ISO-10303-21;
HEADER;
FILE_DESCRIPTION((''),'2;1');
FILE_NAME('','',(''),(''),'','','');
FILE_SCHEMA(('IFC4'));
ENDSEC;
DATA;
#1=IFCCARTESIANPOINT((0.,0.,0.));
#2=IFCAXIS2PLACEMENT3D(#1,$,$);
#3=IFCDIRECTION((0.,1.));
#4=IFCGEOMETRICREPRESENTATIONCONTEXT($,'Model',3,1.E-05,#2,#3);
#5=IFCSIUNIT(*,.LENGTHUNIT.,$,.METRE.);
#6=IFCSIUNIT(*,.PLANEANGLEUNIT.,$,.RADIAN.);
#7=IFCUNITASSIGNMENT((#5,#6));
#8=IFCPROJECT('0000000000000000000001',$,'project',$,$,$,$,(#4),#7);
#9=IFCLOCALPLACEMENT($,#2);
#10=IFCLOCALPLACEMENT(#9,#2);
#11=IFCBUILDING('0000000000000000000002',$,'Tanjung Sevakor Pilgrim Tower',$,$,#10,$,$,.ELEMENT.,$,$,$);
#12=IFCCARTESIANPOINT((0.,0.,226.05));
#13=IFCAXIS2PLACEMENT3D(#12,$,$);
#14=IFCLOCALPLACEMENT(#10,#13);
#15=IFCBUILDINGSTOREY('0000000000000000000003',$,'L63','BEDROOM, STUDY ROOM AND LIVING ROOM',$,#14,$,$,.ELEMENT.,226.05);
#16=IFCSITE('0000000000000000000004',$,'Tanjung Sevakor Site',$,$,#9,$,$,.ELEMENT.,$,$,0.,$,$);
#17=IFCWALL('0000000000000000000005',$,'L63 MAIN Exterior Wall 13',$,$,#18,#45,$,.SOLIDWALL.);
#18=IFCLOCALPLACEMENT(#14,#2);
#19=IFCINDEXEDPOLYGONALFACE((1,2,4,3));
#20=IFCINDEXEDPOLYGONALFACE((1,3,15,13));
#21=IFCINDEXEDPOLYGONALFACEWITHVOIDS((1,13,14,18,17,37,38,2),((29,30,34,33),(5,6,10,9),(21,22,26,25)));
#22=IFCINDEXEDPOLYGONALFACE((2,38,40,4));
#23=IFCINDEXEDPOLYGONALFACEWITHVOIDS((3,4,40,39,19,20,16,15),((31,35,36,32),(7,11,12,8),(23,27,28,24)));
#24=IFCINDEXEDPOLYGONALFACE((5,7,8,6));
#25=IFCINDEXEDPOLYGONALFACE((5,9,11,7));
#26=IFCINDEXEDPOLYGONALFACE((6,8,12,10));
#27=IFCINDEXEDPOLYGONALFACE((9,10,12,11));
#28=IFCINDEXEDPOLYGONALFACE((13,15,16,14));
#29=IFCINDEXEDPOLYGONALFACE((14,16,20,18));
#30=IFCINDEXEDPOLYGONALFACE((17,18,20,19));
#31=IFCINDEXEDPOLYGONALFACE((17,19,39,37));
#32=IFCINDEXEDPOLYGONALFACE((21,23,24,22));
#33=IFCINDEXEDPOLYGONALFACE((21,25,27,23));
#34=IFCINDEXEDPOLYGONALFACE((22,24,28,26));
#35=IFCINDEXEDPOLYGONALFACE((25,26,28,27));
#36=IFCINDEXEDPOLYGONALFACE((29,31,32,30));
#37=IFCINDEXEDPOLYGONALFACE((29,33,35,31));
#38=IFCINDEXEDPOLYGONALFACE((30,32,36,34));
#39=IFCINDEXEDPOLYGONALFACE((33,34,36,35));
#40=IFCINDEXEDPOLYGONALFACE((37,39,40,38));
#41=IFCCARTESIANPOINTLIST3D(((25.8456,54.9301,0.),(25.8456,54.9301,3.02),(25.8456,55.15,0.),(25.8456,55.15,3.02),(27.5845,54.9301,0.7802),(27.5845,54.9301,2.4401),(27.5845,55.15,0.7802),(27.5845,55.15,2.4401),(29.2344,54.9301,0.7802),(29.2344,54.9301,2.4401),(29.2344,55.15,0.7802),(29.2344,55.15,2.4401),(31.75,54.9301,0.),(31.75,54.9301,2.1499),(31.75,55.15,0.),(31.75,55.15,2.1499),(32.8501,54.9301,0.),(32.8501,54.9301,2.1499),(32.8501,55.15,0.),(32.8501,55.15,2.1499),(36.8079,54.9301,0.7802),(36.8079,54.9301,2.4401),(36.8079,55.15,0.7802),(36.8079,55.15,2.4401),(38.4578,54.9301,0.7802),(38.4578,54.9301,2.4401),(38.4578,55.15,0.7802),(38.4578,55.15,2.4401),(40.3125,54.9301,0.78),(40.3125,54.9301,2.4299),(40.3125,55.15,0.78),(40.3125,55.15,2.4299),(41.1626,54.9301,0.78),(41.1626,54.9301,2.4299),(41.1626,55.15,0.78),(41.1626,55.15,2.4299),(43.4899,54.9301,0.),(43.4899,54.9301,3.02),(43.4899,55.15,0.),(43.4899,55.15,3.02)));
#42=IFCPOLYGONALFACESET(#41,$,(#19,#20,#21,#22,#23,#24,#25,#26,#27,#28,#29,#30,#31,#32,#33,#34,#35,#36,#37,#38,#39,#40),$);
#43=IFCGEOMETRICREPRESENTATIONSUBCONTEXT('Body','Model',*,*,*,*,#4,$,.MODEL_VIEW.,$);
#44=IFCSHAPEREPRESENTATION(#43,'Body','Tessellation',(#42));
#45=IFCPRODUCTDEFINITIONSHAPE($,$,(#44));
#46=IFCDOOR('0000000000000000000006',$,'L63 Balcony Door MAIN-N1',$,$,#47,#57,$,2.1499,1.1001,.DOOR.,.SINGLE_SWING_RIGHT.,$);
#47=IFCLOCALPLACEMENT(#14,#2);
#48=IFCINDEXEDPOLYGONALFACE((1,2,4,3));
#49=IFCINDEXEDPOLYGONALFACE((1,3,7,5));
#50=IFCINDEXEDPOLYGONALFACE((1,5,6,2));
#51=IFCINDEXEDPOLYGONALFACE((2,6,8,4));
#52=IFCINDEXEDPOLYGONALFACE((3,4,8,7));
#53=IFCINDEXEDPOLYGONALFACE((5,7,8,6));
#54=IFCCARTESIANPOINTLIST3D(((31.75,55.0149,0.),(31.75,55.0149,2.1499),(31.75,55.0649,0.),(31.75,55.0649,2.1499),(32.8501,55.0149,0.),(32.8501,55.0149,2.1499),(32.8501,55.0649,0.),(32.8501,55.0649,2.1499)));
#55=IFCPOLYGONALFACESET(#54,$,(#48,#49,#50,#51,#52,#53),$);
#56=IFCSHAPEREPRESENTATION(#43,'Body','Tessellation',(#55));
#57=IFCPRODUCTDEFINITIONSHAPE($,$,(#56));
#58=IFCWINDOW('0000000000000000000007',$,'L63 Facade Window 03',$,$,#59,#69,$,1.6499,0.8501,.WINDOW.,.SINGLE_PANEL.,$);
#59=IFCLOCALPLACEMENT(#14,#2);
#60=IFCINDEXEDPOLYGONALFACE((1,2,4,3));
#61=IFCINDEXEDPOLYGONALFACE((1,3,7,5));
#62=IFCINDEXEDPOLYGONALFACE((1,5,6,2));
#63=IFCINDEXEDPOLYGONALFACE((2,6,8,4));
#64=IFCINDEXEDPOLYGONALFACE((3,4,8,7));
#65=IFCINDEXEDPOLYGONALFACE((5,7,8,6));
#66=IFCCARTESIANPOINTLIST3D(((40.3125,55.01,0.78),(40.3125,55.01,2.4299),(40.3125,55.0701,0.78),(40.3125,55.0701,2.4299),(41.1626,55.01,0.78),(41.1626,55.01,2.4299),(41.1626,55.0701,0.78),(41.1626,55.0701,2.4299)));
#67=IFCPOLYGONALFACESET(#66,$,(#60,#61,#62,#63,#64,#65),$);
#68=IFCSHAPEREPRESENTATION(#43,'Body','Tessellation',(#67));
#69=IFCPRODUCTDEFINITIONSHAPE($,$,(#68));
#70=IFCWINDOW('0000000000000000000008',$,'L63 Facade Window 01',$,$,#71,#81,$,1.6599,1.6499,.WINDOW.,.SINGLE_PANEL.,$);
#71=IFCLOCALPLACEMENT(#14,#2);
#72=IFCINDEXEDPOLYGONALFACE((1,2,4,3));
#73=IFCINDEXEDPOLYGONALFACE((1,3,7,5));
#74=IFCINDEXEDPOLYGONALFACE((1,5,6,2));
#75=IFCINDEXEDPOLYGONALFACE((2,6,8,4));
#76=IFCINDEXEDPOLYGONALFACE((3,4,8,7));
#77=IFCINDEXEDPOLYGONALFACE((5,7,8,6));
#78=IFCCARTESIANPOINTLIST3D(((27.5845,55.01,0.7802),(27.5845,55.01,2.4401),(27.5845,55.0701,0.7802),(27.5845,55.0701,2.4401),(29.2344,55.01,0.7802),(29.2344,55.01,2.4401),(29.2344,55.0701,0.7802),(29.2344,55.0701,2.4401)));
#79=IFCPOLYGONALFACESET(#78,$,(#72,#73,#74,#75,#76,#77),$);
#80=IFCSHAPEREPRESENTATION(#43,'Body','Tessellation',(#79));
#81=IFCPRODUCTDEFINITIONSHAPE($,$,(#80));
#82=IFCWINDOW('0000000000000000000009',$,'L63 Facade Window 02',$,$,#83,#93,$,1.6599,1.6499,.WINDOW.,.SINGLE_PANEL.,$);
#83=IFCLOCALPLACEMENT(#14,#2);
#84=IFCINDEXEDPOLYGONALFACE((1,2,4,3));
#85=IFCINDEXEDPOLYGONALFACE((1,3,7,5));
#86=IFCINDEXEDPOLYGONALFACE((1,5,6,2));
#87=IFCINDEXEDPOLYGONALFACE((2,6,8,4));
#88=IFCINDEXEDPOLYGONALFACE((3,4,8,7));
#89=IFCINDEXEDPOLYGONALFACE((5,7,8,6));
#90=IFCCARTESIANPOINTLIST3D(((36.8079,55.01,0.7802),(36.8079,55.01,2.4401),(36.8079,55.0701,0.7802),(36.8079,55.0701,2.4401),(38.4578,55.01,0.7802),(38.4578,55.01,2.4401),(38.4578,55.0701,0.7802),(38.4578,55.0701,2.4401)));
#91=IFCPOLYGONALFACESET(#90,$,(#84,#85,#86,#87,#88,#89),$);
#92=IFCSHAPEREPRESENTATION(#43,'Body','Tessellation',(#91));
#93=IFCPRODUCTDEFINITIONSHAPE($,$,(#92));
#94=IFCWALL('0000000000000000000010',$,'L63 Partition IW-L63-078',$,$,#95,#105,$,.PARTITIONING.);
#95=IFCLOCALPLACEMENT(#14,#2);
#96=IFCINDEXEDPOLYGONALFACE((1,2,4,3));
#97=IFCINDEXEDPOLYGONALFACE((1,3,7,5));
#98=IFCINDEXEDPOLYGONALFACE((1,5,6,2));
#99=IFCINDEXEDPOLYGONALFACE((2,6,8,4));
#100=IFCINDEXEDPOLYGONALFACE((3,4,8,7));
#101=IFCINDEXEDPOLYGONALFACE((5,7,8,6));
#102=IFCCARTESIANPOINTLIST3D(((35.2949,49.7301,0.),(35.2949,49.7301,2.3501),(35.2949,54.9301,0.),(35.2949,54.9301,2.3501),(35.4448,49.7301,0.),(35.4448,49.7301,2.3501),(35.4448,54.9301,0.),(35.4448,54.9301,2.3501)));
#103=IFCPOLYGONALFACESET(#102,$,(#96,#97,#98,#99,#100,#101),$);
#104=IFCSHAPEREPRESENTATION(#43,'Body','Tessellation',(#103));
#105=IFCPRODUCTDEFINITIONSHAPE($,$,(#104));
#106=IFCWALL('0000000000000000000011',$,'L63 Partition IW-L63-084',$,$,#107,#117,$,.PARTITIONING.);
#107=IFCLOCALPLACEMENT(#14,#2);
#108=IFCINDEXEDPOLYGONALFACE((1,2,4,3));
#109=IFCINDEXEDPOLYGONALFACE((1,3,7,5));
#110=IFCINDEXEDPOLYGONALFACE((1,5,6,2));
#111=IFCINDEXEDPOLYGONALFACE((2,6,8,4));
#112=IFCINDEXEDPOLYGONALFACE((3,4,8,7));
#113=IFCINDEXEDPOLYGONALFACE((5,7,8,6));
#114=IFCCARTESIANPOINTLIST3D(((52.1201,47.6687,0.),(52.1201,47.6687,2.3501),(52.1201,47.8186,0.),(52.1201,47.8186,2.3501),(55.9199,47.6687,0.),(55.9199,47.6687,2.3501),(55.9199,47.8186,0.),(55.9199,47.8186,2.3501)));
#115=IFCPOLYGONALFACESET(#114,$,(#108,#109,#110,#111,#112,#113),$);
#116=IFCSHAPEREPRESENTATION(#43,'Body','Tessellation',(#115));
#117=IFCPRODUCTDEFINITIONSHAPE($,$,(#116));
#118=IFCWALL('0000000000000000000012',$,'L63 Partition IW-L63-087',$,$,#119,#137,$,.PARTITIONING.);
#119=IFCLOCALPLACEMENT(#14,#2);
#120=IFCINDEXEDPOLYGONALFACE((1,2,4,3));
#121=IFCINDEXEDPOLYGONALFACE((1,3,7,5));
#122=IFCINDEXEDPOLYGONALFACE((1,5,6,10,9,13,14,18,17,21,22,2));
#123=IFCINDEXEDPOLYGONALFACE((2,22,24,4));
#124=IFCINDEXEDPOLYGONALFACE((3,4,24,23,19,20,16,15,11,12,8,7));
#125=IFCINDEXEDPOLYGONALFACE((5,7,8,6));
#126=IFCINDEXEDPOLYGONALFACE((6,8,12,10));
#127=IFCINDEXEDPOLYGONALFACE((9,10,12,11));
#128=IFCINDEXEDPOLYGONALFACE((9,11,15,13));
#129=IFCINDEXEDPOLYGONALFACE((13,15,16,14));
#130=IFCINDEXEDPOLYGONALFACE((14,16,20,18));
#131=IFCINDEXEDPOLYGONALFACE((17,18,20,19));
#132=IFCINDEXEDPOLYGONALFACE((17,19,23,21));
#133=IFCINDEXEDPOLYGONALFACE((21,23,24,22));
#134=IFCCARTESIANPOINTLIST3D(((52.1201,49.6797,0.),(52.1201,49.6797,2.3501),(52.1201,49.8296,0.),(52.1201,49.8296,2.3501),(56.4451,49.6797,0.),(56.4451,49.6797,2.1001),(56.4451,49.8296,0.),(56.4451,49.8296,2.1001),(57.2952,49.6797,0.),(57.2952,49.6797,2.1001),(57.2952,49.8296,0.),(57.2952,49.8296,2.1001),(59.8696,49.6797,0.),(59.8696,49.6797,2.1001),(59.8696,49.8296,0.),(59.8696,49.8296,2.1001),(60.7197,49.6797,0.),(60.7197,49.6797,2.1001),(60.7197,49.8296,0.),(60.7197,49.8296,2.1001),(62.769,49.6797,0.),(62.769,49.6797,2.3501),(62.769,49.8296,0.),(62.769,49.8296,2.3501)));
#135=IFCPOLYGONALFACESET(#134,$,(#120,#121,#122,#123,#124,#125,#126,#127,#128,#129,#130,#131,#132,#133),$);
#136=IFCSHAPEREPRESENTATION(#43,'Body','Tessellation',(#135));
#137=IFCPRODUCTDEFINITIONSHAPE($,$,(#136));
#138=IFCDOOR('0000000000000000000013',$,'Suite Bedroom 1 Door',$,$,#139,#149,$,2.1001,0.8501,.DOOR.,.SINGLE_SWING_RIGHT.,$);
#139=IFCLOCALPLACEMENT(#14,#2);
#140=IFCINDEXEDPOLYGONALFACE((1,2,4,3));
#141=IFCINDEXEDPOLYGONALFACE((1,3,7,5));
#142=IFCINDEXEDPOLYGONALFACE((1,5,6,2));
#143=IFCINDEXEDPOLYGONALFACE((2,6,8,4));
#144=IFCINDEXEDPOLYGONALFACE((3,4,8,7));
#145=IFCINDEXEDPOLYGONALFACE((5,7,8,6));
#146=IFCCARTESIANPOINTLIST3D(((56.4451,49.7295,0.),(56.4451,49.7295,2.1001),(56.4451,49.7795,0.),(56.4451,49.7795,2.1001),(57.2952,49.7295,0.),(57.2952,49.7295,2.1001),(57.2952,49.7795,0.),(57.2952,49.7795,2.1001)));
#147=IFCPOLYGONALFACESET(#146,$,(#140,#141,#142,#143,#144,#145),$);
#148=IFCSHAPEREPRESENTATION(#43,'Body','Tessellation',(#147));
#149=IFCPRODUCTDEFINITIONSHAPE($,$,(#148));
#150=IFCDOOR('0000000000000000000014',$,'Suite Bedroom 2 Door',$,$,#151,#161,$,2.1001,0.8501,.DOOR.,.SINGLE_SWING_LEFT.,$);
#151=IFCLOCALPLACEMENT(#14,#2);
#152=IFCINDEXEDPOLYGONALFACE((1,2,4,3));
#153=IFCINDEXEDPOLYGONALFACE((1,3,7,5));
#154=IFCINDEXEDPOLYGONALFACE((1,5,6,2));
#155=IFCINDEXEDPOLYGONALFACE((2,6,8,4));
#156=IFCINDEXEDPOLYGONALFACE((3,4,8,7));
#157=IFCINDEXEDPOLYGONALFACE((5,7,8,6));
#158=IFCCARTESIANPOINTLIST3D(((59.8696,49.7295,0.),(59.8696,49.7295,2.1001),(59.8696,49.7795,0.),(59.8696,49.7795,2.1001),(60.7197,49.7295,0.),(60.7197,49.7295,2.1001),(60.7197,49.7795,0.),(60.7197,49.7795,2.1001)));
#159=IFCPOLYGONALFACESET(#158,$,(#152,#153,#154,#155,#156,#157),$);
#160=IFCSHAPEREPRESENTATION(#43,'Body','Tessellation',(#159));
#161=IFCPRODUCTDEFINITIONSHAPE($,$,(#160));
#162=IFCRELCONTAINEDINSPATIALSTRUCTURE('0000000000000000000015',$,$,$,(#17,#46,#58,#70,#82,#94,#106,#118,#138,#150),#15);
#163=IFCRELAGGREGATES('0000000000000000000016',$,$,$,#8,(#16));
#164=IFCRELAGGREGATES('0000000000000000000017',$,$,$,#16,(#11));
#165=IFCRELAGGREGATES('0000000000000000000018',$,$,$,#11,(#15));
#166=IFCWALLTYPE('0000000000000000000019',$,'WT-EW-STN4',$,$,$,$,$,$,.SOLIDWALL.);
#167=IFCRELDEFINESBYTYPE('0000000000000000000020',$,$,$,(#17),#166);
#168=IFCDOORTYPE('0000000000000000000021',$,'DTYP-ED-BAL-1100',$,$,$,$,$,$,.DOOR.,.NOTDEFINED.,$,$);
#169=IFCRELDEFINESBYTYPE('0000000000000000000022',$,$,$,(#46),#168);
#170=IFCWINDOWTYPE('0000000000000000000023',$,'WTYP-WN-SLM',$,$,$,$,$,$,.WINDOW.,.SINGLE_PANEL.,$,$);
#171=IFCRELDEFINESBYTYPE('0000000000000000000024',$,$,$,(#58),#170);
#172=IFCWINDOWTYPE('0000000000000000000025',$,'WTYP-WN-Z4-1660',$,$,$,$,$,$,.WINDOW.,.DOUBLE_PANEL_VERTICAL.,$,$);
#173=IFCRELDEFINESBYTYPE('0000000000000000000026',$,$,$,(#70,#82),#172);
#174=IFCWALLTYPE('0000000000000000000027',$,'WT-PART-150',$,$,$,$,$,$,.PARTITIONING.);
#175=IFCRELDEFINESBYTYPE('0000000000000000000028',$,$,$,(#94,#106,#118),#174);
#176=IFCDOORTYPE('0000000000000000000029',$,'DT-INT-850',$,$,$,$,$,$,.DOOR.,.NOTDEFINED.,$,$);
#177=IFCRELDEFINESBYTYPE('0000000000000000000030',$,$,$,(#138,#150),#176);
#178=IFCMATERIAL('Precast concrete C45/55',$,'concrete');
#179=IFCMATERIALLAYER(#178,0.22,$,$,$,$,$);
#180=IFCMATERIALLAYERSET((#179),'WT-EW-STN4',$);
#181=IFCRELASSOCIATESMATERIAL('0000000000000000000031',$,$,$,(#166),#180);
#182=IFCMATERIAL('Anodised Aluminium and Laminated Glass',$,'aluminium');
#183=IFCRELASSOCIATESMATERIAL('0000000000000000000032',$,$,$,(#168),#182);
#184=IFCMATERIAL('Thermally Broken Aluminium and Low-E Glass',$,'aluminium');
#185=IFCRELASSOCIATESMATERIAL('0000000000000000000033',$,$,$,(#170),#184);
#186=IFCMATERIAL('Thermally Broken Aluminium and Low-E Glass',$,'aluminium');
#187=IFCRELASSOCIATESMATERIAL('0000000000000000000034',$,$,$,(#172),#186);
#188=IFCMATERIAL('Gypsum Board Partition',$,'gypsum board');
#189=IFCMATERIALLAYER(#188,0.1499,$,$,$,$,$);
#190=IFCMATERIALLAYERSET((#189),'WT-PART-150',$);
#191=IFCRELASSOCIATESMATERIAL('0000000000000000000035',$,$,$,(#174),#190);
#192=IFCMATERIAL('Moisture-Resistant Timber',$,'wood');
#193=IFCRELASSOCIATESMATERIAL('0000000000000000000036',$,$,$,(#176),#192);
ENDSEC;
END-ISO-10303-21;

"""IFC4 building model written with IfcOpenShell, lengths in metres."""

from ifc_helpers import new_model, si_unit, direction, frame, frame_2d, origin, place, context, subcontext, project, spatial, rectangle, extrude, material, layer, layer_set, type_object, element, fill, save


model = new_model("IFC4")

# Units and contexts
model_context = context("Model", 3, precision=1e-05, world=origin(), true_north=direction((0.0, 1.0)))
body_context = subcontext(model_context, "Body", "Model", "MODEL_VIEW")
ifc_project = project(units=[si_unit("LENGTHUNIT", "METRE"), si_unit("PLANEANGLEUNIT", "RADIAN")], contexts=[model_context])

# Site, building, storey
site_placement = place(None, origin())
site = spatial("IfcSite", under=ifc_project, at=site_placement, Name="Tanjung Sevakor Site", CompositionType="ELEMENT", RefElevation=0.0)
building_placement = place(site_placement, origin())
building = spatial("IfcBuilding", under=site, at=building_placement, Name="Tanjung Sevakor Pilgrim Tower", CompositionType="ELEMENT")
storey_placement = place(building_placement, frame((0.0, 0.0, 226.05)))
storey = spatial("IfcBuildingStorey", under=building, at=storey_placement, Name="L63", Description="BEDROOM, STUDY ROOM AND LIVING ROOM", CompositionType="ELEMENT", Elevation=226.05)

# Shared definitions
ifc_material_1 = material(Name="Precast concrete C45/55", Category="concrete")
ifc_layer_1 = layer(ifc_material_1, 0.22)
ifc_layer_set_1 = layer_set([ifc_layer_1], Name="WT-EW-STN4")
wall_type_1 = type_object("IfcWallType", Name="WT-EW-STN4", PredefinedType="SOLIDWALL", material=ifc_layer_set_1)

# Wall, openings, door, windows
wall_1_placement = place(storey_placement, frame((43.49, 55.04, 0.0), z_axis=(0.0, 0.0, 1.0), x_axis=(-1.0, 0.0, 0.0)))
wall_1 = element("IfcWall", 1, at=wall_1_placement, inside=storey, type_object=wall_type_1, Name="L63 MAIN Exterior Wall 13", PredefinedType="SOLIDWALL", context=body_context, shape_type="SweptSolid", body=[
    extrude(rectangle(XDim=17.6443, YDim=0.22, at=frame_2d((8.8223, 0.0))), origin(), (0.0, 0.0, 1.0), 3.02),
])
opening_1_placement = place(wall_1_placement, frame((10.6399, 0.0, 0.0)))
opening_1 = element("IfcOpeningElement", 2, at=opening_1_placement, cuts=wall_1, PredefinedType="OPENING", context=body_context, shape_type="SweptSolid", body=[
    extrude(rectangle(XDim=1.1001, YDim=2.1499, at=frame_2d((0.55, 1.075))), frame((0.0, 0.1199, 0.0), z_axis=(0.0, -1.0, 0.0), x_axis=(1.0, 0.0, 0.0)), (0.0, 0.0, 1.0), 0.24),
])
opening_2_placement = place(wall_1_placement, frame((14.2556, 0.0, 0.78)))
opening_2 = element("IfcOpeningElement", 3, at=opening_2_placement, cuts=wall_1, PredefinedType="OPENING", context=body_context, shape_type="SweptSolid", body=[
    extrude(rectangle(XDim=1.6499, YDim=1.6599, at=frame_2d((0.825, 0.8301))), frame((0.0, 0.1199, 0.0), z_axis=(0.0, -1.0, 0.0), x_axis=(1.0, 0.0, 0.0)), (0.0, 0.0, 1.0), 0.24),
])
opening_3_placement = place(wall_1_placement, frame((5.0322, 0.0, 0.78)))
opening_3 = element("IfcOpeningElement", 4, at=opening_3_placement, cuts=wall_1, PredefinedType="OPENING", context=body_context, shape_type="SweptSolid", body=[
    extrude(rectangle(XDim=1.6499, YDim=1.6599, at=frame_2d((0.825, 0.8301))), frame((0.0, 0.1199, 0.0), z_axis=(0.0, -1.0, 0.0), x_axis=(1.0, 0.0, 0.0)), (0.0, 0.0, 1.0), 0.24),
])
opening_4_placement = place(wall_1_placement, frame((2.3274, 0.0, 0.78)))
opening_4 = element("IfcOpeningElement", 5, at=opening_4_placement, cuts=wall_1, PredefinedType="OPENING", context=body_context, shape_type="SweptSolid", body=[
    extrude(rectangle(XDim=0.8501, YDim=1.6499, at=frame_2d((0.425, 0.825))), frame((0.0, 0.1199, 0.0), z_axis=(0.0, -1.0, 0.0), x_axis=(1.0, 0.0, 0.0)), (0.0, 0.0, 1.0), 0.24),
])
ifc_material_2 = material(Name="Anodised Aluminium and Laminated Glass", Category="aluminium")
door_type_1 = type_object("IfcDoorType", Name="DTYP-ED-BAL-1100", OperationType="NOTDEFINED", PredefinedType="DOOR", material=ifc_material_2)
door_1_placement = place(opening_1_placement, frame((1.1001, 0.0, 0.0), z_axis=(0.0, 0.0, 1.0), x_axis=(-1.0, 0.0, 0.0)))
door_1 = element("IfcDoor", 6, at=door_1_placement, inside=storey, type_object=door_type_1, Name="L63 Balcony Door MAIN-N1", OperationType="SINGLE_SWING_RIGHT", OverallHeight=2.1499, OverallWidth=1.1001, PredefinedType="DOOR", context=body_context, shape_type="SweptSolid", body=[
    extrude(rectangle(XDim=1.1001, YDim=2.1499, at=frame_2d((0.55, 1.075))), frame((0.0, 0.0249, 0.0), z_axis=(0.0, -1.0, 0.0), x_axis=(1.0, 0.0, 0.0)), (0.0, 0.0, 1.0), 0.05),
])
fill(opening_1, door_1)
ifc_material_3 = material(Name="Thermally Broken Aluminium and Low-E Glass", Category="aluminium")
window_type_1 = type_object("IfcWindowType", Name="WTYP-WN-SLM", PartitioningType="SINGLE_PANEL", PredefinedType="WINDOW", material=ifc_material_3)
window_1_placement = place(opening_4_placement, origin())
window_1 = element("IfcWindow", 7, at=window_1_placement, inside=storey, type_object=window_type_1, Name="L63 Facade Window 03", OverallHeight=1.6499, OverallWidth=0.8501, PartitioningType="SINGLE_PANEL", PredefinedType="WINDOW", context=body_context, shape_type="SweptSolid", body=[
    extrude(rectangle(XDim=0.8501, YDim=1.6499, at=frame_2d((0.425, 0.825))), frame((0.0, 0.03, 0.0), z_axis=(0.0, -1.0, 0.0), x_axis=(1.0, 0.0, 0.0)), (0.0, 0.0, 1.0), 0.0601),
])
fill(opening_4, window_1)
ifc_material_4 = material(Name="Thermally Broken Aluminium and Low-E Glass", Category="aluminium")
window_type_2 = type_object("IfcWindowType", Name="WTYP-WN-Z4-1660", PartitioningType="DOUBLE_PANEL_VERTICAL", PredefinedType="WINDOW", material=ifc_material_4)
window_2_placement = place(opening_2_placement, origin())
window_2 = element("IfcWindow", 8, at=window_2_placement, inside=storey, type_object=window_type_2, Name="L63 Facade Window 01", OverallHeight=1.6599, OverallWidth=1.6499, PartitioningType="SINGLE_PANEL", PredefinedType="WINDOW", context=body_context, shape_type="SweptSolid", body=[
    extrude(rectangle(XDim=1.6499, YDim=1.6599, at=frame_2d((0.825, 0.8301))), frame((0.0, 0.03, 0.0), z_axis=(0.0, -1.0, 0.0), x_axis=(1.0, 0.0, 0.0)), (0.0, 0.0, 1.0), 0.0601),
])
fill(opening_2, window_2)
window_3_placement = place(opening_3_placement, origin())
window_3 = element("IfcWindow", 9, at=window_3_placement, inside=storey, type_object=window_type_2, Name="L63 Facade Window 02", OverallHeight=1.6599, OverallWidth=1.6499, PartitioningType="SINGLE_PANEL", PredefinedType="WINDOW", context=body_context, shape_type="SweptSolid", body=[
    extrude(rectangle(XDim=1.6499, YDim=1.6599, at=frame_2d((0.825, 0.8301))), frame((0.0, 0.03, 0.0), z_axis=(0.0, -1.0, 0.0), x_axis=(1.0, 0.0, 0.0)), (0.0, 0.0, 1.0), 0.0601),
])
fill(opening_3, window_3)

# Walls
ifc_material_5 = material(Name="Gypsum Board Partition", Category="gypsum board")
ifc_layer_2 = layer(ifc_material_5, 0.1499)
ifc_layer_set_2 = layer_set([ifc_layer_2], Name="WT-PART-150")
wall_type_2 = type_object("IfcWallType", Name="WT-PART-150", PredefinedType="PARTITIONING", material=ifc_layer_set_2)
wall_2_placement = place(storey_placement, frame((35.3699, 49.73, 0.0), z_axis=(0.0, 0.0, 1.0), x_axis=(0.0, 1.0, 0.0)))
element("IfcWall", 10, at=wall_2_placement, inside=storey, type_object=wall_type_2, Name="L63 Partition IW-L63-078", PredefinedType="PARTITIONING", context=body_context, shape_type="SweptSolid", body=[
    extrude(rectangle(XDim=5.2, YDim=0.1499, at=frame_2d((2.6001, 0.0))), origin(), (0.0, 0.0, 1.0), 2.3501),
])
wall_3_placement = place(storey_placement, frame((52.1201, 47.7437, 0.0), z_axis=(0.0, 0.0, 1.0), x_axis=(1.0, 0.0, 0.0)))
element("IfcWall", 11, at=wall_3_placement, inside=storey, type_object=wall_type_2, Name="L63 Partition IW-L63-084", PredefinedType="PARTITIONING", context=body_context, shape_type="SweptSolid", body=[
    extrude(rectangle(XDim=3.7998, YDim=0.1499, at=frame_2d((1.8999, 0.0))), origin(), (0.0, 0.0, 1.0), 2.3501),
])

# Wall, openings, doors
wall_4_placement = place(storey_placement, frame((52.1201, 49.7546, 0.0), z_axis=(0.0, 0.0, 1.0), x_axis=(1.0, 0.0, 0.0)))
wall_4 = element("IfcWall", 12, at=wall_4_placement, inside=storey, type_object=wall_type_2, Name="L63 Partition IW-L63-087", PredefinedType="PARTITIONING", context=body_context, shape_type="SweptSolid", body=[
    extrude(rectangle(XDim=10.6489, YDim=0.1499, at=frame_2d((5.3245, 0.0))), origin(), (0.0, 0.0, 1.0), 2.3501),
])
opening_5_placement = place(wall_4_placement, frame((4.325, 0.0, 0.0)))
opening_5 = element("IfcOpeningElement", 13, at=opening_5_placement, cuts=wall_4, PredefinedType="OPENING", context=body_context, shape_type="SweptSolid", body=[
    extrude(rectangle(XDim=0.8501, YDim=2.1001, at=frame_2d((0.425, 1.05))), frame((0.0, 0.085, 0.0), z_axis=(0.0, -1.0, 0.0), x_axis=(1.0, 0.0, 0.0)), (0.0, 0.0, 1.0), 0.1699),
])
opening_6_placement = place(wall_4_placement, frame((7.7495, 0.0, 0.0)))
opening_6 = element("IfcOpeningElement", 14, at=opening_6_placement, cuts=wall_4, PredefinedType="OPENING", context=body_context, shape_type="SweptSolid", body=[
    extrude(rectangle(XDim=0.8501, YDim=2.1001, at=frame_2d((0.425, 1.05))), frame((0.0, 0.085, 0.0), z_axis=(0.0, -1.0, 0.0), x_axis=(1.0, 0.0, 0.0)), (0.0, 0.0, 1.0), 0.1699),
])
ifc_material_6 = material(Name="Moisture-Resistant Timber", Category="wood")
door_type_2 = type_object("IfcDoorType", Name="DT-INT-850", OperationType="NOTDEFINED", PredefinedType="DOOR", material=ifc_material_6)
door_2_placement = place(opening_5_placement, origin())
door_2 = element("IfcDoor", 15, at=door_2_placement, inside=storey, type_object=door_type_2, Name="Suite Bedroom 1 Door", OperationType="SINGLE_SWING_RIGHT", OverallHeight=2.1001, OverallWidth=0.8501, PredefinedType="DOOR", context=body_context, shape_type="SweptSolid", body=[
    extrude(rectangle(XDim=0.8501, YDim=2.1001, at=frame_2d((0.425, 1.05))), frame((0.0, 0.0249, 0.0), z_axis=(0.0, -1.0, 0.0), x_axis=(1.0, 0.0, 0.0)), (0.0, 0.0, 1.0), 0.05),
])
fill(opening_5, door_2)
door_3_placement = place(opening_6_placement, origin())
door_3 = element("IfcDoor", 16, at=door_3_placement, inside=storey, type_object=door_type_2, Name="Suite Bedroom 2 Door", OperationType="SINGLE_SWING_LEFT", OverallHeight=2.1001, OverallWidth=0.8501, PredefinedType="DOOR", context=body_context, shape_type="SweptSolid", body=[
    extrude(rectangle(XDim=0.8501, YDim=2.1001, at=frame_2d((0.425, 1.05))), frame((0.0, 0.0249, 0.0), z_axis=(0.0, -1.0, 0.0), x_axis=(1.0, 0.0, 0.0)), (0.0, 0.0, 1.0), 0.05),
])
fill(opening_6, door_3)

save(model, "model.ifc")
